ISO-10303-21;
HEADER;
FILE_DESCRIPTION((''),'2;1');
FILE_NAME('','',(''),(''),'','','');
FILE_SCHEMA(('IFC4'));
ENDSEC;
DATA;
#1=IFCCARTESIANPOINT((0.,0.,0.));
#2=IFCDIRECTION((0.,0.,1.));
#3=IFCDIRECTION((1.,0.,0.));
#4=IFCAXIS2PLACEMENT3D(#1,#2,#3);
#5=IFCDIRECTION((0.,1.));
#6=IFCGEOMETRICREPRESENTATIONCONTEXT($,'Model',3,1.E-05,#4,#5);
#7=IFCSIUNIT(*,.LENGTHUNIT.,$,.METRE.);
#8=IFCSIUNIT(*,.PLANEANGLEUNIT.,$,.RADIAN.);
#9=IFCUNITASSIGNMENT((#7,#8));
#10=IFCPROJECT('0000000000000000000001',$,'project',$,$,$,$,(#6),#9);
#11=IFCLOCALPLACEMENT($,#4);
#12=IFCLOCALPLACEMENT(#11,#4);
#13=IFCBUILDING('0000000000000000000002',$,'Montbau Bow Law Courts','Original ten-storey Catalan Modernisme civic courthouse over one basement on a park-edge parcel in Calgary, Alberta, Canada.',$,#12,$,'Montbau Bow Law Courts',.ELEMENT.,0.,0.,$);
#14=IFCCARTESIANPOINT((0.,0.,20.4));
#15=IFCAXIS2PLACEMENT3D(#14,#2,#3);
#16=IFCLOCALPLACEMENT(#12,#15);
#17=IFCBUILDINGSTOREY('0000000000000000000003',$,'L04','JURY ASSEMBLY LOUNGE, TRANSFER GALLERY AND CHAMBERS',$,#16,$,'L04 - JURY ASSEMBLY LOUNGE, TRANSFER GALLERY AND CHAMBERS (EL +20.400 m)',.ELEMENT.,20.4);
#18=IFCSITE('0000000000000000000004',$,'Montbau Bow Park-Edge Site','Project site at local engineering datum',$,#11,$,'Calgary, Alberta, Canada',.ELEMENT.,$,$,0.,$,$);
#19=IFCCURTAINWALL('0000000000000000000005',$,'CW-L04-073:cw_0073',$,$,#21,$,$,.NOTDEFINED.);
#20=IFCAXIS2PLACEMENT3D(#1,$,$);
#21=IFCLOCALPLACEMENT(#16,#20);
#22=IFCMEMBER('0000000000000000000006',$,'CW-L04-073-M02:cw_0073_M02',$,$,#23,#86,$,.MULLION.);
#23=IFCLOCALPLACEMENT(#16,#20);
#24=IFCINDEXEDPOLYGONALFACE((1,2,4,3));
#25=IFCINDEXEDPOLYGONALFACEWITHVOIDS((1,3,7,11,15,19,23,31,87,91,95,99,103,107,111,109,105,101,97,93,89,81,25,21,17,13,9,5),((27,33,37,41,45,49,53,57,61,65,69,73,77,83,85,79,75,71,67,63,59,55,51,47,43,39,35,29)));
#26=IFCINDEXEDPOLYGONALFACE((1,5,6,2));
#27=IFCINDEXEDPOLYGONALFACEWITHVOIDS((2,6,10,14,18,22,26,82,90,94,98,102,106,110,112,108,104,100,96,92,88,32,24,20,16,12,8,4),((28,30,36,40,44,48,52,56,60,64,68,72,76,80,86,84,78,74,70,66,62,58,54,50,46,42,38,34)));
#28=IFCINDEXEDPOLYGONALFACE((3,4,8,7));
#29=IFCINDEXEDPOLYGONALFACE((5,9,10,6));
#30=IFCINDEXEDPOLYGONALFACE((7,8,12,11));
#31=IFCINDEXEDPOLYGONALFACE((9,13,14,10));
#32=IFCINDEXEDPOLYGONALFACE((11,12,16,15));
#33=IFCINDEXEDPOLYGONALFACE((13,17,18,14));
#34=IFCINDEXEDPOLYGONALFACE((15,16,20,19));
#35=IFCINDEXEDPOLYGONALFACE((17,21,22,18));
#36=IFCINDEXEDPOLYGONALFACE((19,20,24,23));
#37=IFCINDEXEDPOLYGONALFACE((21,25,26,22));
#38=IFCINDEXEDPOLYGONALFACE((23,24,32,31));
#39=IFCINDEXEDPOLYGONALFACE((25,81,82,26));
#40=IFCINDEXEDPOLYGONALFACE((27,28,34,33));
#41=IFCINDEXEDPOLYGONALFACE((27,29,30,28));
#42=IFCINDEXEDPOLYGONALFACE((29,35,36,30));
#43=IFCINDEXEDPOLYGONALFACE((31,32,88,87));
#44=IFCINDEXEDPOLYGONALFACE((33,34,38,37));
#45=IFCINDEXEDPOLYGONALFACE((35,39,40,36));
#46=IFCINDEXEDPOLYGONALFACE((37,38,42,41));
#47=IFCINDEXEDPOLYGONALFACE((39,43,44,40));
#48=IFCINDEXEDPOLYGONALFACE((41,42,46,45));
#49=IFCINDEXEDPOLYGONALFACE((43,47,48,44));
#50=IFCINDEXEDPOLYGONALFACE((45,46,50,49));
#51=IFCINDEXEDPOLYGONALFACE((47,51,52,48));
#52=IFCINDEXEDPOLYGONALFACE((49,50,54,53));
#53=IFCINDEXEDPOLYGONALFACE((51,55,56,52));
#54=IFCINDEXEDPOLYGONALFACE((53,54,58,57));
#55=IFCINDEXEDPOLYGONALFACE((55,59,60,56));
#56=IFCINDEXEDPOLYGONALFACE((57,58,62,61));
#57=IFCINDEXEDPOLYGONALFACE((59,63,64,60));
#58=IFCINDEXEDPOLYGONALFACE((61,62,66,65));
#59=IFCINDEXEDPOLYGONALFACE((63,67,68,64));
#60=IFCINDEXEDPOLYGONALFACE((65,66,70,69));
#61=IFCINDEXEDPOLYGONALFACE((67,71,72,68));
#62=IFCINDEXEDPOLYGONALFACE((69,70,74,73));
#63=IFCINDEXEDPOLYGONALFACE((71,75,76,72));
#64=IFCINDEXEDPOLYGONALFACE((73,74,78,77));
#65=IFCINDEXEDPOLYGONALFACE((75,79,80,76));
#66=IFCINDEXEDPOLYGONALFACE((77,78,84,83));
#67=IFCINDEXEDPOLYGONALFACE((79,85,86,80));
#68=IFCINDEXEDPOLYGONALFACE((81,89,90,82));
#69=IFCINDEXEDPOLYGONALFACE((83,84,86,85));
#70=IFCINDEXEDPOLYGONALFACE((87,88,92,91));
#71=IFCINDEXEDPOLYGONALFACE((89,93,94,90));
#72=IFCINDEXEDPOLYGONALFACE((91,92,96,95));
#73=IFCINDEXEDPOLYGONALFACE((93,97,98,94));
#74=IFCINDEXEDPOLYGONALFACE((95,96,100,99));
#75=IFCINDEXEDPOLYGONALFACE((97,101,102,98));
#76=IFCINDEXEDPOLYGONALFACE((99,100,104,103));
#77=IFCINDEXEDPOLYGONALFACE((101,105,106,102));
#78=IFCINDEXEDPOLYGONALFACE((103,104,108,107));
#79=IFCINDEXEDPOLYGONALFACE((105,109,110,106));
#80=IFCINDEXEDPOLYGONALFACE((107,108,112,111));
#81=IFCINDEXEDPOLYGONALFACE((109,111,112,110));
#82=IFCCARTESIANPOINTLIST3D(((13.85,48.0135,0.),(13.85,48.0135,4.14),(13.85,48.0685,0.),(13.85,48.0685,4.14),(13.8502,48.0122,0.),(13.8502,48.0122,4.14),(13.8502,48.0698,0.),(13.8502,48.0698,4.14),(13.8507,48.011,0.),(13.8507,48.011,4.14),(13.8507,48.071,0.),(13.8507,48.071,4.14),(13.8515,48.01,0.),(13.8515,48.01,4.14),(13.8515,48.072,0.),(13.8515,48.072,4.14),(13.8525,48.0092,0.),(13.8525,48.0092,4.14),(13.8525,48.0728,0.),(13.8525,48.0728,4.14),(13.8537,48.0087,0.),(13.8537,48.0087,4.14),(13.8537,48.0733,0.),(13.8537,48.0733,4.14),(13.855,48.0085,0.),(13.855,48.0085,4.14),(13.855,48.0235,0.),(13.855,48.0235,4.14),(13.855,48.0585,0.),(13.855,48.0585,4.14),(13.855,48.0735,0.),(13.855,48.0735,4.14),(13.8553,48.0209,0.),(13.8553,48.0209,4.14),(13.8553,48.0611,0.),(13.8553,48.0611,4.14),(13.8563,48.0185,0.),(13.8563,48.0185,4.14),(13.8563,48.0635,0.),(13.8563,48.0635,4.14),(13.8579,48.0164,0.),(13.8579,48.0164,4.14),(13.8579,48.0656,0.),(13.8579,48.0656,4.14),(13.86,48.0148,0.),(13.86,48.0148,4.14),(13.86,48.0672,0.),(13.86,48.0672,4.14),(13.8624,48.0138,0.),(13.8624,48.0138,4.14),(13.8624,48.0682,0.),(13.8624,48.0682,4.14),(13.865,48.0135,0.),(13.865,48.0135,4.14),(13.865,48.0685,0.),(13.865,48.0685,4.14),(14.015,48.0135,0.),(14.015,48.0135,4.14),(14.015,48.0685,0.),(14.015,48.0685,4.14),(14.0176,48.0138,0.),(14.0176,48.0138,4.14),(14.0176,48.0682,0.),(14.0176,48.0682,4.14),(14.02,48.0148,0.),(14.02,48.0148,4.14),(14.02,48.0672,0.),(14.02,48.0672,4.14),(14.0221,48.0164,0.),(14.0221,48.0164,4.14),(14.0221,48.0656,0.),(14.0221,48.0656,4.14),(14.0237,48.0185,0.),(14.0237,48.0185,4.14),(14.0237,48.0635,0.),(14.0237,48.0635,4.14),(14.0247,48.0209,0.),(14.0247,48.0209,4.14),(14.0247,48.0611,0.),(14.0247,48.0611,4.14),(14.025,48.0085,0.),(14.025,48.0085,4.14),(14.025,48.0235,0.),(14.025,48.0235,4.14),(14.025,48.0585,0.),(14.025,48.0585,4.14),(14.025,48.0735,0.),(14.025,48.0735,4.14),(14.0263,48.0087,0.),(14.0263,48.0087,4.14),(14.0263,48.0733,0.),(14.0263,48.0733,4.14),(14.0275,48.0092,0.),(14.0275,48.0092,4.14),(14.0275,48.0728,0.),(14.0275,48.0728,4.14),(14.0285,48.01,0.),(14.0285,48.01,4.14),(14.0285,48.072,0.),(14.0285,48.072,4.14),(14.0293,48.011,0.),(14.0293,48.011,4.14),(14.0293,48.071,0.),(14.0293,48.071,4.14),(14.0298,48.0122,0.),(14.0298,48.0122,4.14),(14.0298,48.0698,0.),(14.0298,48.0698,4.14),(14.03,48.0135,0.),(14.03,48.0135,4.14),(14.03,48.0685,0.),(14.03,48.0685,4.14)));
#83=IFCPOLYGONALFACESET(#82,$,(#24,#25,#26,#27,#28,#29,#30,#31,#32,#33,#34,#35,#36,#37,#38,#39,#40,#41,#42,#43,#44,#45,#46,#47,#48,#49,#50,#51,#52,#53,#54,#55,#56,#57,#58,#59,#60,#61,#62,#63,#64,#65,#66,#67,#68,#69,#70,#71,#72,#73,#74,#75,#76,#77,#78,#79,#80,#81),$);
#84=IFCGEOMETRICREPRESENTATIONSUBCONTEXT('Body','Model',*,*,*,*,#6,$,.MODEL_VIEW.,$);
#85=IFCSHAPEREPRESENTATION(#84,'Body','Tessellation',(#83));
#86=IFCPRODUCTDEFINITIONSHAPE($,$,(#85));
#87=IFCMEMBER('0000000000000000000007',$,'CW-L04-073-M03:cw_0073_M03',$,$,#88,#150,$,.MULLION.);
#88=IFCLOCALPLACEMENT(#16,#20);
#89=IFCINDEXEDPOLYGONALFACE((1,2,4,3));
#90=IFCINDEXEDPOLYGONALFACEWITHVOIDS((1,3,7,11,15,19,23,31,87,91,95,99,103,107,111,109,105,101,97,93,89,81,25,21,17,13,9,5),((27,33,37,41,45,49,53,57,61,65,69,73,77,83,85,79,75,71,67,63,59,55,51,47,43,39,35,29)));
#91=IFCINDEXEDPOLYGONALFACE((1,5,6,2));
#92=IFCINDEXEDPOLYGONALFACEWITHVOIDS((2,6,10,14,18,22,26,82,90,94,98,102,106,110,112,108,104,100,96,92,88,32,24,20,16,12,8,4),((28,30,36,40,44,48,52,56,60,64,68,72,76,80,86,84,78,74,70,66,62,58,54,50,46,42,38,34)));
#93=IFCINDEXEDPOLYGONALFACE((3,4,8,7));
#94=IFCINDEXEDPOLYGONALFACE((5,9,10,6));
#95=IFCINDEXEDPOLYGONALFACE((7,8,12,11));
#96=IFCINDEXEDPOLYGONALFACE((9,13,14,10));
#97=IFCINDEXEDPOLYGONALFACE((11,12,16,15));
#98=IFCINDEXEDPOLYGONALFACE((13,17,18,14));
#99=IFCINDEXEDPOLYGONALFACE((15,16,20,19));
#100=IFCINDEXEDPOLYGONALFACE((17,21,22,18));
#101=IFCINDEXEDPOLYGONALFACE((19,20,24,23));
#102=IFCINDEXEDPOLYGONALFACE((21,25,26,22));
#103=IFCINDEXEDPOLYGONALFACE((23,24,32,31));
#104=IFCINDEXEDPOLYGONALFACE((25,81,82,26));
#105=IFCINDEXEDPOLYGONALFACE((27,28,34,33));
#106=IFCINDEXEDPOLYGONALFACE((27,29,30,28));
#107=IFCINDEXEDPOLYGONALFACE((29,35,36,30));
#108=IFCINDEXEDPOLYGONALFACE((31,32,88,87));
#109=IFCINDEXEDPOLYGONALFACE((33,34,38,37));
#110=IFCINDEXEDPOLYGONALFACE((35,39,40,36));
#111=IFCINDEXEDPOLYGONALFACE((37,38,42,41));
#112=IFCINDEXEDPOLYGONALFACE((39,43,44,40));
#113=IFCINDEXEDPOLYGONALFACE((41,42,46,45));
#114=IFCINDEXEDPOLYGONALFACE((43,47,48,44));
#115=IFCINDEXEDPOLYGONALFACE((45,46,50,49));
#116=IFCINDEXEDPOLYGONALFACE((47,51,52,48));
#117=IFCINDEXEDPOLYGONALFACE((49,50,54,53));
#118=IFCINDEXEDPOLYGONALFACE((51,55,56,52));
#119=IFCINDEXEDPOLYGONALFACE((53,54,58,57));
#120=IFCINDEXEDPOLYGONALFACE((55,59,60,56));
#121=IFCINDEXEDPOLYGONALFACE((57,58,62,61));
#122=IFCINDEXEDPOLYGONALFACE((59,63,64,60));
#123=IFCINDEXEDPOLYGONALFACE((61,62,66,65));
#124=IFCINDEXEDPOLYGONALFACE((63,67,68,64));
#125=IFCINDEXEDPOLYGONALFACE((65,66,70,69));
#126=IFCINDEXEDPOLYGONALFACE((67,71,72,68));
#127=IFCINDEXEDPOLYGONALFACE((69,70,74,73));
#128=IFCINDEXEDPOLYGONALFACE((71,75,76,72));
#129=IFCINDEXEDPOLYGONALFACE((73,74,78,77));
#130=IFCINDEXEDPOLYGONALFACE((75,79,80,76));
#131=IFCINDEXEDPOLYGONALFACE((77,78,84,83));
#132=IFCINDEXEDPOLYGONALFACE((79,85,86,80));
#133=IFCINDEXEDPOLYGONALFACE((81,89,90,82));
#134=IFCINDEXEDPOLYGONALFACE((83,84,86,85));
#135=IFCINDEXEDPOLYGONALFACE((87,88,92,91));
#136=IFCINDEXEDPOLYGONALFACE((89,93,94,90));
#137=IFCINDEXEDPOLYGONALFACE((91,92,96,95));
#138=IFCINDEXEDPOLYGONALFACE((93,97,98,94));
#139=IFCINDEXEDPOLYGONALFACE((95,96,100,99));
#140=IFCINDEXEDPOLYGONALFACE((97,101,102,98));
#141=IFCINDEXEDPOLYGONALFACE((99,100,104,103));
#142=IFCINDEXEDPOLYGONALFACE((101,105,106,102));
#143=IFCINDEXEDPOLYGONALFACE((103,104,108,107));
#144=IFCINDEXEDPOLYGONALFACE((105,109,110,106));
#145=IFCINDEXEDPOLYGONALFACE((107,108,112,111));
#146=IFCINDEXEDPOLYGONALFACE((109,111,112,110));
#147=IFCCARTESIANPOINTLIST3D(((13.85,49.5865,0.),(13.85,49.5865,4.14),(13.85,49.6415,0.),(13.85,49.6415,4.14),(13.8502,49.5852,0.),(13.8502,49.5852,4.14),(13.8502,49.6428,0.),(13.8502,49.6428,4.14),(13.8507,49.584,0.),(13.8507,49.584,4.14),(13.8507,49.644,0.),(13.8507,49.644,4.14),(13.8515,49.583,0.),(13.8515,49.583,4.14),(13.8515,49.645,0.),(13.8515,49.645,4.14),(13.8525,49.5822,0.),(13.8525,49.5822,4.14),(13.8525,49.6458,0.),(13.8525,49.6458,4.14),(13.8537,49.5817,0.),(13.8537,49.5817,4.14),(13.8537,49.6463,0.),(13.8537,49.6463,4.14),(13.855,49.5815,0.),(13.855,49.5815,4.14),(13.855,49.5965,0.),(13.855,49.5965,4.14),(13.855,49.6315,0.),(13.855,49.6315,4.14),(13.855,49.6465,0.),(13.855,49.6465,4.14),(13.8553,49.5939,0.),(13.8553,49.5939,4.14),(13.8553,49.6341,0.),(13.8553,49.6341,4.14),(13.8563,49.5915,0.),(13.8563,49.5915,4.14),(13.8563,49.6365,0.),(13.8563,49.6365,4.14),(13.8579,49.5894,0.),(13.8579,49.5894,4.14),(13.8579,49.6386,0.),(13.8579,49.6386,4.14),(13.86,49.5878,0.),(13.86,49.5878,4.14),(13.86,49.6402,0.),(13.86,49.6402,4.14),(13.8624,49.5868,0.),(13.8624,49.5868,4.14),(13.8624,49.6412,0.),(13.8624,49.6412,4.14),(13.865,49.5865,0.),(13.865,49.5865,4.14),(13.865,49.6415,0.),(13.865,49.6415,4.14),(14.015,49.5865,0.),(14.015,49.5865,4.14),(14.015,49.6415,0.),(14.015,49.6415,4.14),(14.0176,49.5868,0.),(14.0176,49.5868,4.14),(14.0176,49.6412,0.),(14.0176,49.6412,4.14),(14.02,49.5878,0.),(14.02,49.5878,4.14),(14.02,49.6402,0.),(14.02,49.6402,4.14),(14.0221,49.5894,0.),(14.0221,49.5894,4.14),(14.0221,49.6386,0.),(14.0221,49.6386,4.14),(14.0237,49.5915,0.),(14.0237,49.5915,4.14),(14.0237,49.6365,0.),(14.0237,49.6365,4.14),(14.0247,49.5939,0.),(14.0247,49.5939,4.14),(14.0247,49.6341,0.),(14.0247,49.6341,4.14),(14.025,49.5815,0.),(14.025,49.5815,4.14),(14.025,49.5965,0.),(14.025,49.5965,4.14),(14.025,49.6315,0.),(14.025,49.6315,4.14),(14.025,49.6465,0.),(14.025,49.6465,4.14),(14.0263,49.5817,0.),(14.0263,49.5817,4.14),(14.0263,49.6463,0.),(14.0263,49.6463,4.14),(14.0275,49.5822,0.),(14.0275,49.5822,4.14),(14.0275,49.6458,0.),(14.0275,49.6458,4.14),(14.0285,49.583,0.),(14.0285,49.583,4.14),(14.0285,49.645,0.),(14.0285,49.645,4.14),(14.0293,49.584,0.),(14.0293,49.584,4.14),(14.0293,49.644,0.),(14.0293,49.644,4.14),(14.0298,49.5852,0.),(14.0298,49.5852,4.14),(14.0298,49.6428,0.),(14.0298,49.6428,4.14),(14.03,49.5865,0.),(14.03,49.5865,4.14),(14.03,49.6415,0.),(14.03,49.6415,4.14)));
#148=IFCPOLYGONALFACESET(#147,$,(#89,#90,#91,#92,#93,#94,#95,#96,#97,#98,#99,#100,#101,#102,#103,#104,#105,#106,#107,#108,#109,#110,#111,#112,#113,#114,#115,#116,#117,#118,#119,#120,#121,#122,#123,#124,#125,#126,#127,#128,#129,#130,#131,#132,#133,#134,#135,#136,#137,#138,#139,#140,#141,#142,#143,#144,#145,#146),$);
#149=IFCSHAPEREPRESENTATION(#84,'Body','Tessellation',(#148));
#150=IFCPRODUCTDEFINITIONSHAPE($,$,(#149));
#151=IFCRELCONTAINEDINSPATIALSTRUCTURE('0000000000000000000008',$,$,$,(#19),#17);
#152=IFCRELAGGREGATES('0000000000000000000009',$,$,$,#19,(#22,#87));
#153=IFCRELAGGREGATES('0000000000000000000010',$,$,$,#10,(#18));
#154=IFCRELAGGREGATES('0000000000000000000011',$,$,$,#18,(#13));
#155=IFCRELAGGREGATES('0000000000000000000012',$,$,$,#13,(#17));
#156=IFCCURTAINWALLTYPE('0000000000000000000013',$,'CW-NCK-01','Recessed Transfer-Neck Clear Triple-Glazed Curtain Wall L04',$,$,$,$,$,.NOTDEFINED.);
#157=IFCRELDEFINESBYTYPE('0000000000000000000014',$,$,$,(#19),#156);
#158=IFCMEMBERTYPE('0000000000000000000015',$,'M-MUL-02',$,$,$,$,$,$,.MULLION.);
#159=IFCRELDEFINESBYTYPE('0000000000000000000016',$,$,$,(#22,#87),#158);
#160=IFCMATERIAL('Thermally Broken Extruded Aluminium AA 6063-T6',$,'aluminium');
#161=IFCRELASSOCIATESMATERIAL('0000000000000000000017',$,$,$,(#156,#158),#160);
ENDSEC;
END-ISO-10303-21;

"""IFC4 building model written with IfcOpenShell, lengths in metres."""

from ifc_helpers import new_model, si_unit, direction, frame, origin_with_axes, origin_2d_with_axis, place, context, subcontext, project, spatial, hollow_rectangle, extrude, material, material_profile, profile_set, type_object, element, aggregate, save


model = new_model("IFC4")

# Units and contexts
model_context = context("Model", 3, precision=1e-05, world=origin_with_axes(), true_north=direction((0.0, 1.0)))
body_context = subcontext(model_context, "Body", "Model", "MODEL_VIEW")
ifc_project = project(units=[si_unit("LENGTHUNIT", "METRE"), si_unit("PLANEANGLEUNIT", "RADIAN")], contexts=[model_context])

# Site, building, storey
site_placement = place(None, origin_with_axes())
site = spatial("IfcSite", under=ifc_project, at=site_placement, Name="Montbau Bow Park-Edge Site", Description="Project site at local engineering datum", LongName="Calgary, Alberta, Canada", CompositionType="ELEMENT", RefElevation=0.0)
building_placement = place(site_placement, origin_with_axes())
building = spatial("IfcBuilding", under=site, at=building_placement, Name="Montbau Bow Law Courts", Description="Original ten-storey Catalan Modernisme civic courthouse over one basement on a park-edge parcel in Calgary, Alberta, Canada.", LongName="Montbau Bow Law Courts", CompositionType="ELEMENT", ElevationOfRefHeight=0.0, ElevationOfTerrain=0.0)
storey_placement = place(building_placement, frame((0.0, 0.0, 20.4), z_axis=(0.0, 0.0, 1.0), x_axis=(1.0, 0.0, 0.0)))
storey = spatial("IfcBuildingStorey", under=building, at=storey_placement, Name="L04", Description="JURY ASSEMBLY LOUNGE, TRANSFER GALLERY AND CHAMBERS", LongName="L04 - JURY ASSEMBLY LOUNGE, TRANSFER GALLERY AND CHAMBERS (EL +20.400 m)", CompositionType="ELEMENT", Elevation=20.4)

# Shared definitions
ifc_material_1 = material(Name="Thermally Broken Extruded Aluminium AA 6063-T6", Category="aluminium")
curtain_wall_type = type_object("IfcCurtainWallType", Name="CW-NCK-01", Description="Recessed Transfer-Neck Clear Triple-Glazed Curtain Wall L04", PredefinedType="NOTDEFINED", material=ifc_material_1)

# Curtain wall, members
curtain_wall_1_placement = place(None, frame((13.94, 46.468, 20.4), z_axis=(0.0, 0.0, 1.0), x_axis=(1.0, 0.0, 0.0)))
curtain_wall_1 = element("IfcCurtainWall", 1, at=curtain_wall_1_placement, inside=storey, type_object=curtain_wall_type, Name="CW-L04-073:cw_0073", PredefinedType="NOTDEFINED")
ifc_material_profile_1 = material_profile(ifc_material_1, hollow_rectangle(XDim=0.065, YDim=0.18, WallThickness=0.005, InnerFilletRadius=0.01, OuterFilletRadius=0.005, at=origin_2d_with_axis()), Name="CWM-180X65", Category="Main", Priority=0)
ifc_profile_set_1 = profile_set([ifc_material_profile_1], Name="Thermally Broken Extruded Aluminium AA 6063-T6")
member_type_1 = type_object("IfcMemberType", Name="M-MUL-02", PredefinedType="MULLION", material=ifc_profile_set_1)
member_1_placement = place(None, frame((13.94, 48.041, 20.4), z_axis=(0.0, 0.0, 1.0), x_axis=(0.0, 1.0, 0.0)))
member_1 = element("IfcMember", 2, at=member_1_placement, type_object=member_type_1, Name="CW-L04-073-M02:cw_0073_M02", PredefinedType="MULLION", context=body_context, shape_type="SweptSolid", body=[
    extrude(hollow_rectangle(XDim=0.065, YDim=0.18, WallThickness=0.005, InnerFilletRadius=0.01, OuterFilletRadius=0.005, at=origin_2d_with_axis()), origin_with_axes(), (0.0, 0.0, 1.0), 4.14),
])
member_2_placement = place(None, frame((13.94, 49.614, 20.4), z_axis=(0.0, 0.0, 1.0), x_axis=(0.0, 1.0, 0.0)))
member_2 = element("IfcMember", 3, at=member_2_placement, type_object=member_type_1, Name="CW-L04-073-M03:cw_0073_M03", PredefinedType="MULLION", context=body_context, shape_type="SweptSolid", body=[
    extrude(hollow_rectangle(XDim=0.065, YDim=0.18, WallThickness=0.005, InnerFilletRadius=0.01, OuterFilletRadius=0.005, at=origin_2d_with_axis()), origin_with_axes(), (0.0, 0.0, 1.0), 4.14),
])
aggregate(curtain_wall_1, [member_1, member_2])

save(model, "model.ifc")
